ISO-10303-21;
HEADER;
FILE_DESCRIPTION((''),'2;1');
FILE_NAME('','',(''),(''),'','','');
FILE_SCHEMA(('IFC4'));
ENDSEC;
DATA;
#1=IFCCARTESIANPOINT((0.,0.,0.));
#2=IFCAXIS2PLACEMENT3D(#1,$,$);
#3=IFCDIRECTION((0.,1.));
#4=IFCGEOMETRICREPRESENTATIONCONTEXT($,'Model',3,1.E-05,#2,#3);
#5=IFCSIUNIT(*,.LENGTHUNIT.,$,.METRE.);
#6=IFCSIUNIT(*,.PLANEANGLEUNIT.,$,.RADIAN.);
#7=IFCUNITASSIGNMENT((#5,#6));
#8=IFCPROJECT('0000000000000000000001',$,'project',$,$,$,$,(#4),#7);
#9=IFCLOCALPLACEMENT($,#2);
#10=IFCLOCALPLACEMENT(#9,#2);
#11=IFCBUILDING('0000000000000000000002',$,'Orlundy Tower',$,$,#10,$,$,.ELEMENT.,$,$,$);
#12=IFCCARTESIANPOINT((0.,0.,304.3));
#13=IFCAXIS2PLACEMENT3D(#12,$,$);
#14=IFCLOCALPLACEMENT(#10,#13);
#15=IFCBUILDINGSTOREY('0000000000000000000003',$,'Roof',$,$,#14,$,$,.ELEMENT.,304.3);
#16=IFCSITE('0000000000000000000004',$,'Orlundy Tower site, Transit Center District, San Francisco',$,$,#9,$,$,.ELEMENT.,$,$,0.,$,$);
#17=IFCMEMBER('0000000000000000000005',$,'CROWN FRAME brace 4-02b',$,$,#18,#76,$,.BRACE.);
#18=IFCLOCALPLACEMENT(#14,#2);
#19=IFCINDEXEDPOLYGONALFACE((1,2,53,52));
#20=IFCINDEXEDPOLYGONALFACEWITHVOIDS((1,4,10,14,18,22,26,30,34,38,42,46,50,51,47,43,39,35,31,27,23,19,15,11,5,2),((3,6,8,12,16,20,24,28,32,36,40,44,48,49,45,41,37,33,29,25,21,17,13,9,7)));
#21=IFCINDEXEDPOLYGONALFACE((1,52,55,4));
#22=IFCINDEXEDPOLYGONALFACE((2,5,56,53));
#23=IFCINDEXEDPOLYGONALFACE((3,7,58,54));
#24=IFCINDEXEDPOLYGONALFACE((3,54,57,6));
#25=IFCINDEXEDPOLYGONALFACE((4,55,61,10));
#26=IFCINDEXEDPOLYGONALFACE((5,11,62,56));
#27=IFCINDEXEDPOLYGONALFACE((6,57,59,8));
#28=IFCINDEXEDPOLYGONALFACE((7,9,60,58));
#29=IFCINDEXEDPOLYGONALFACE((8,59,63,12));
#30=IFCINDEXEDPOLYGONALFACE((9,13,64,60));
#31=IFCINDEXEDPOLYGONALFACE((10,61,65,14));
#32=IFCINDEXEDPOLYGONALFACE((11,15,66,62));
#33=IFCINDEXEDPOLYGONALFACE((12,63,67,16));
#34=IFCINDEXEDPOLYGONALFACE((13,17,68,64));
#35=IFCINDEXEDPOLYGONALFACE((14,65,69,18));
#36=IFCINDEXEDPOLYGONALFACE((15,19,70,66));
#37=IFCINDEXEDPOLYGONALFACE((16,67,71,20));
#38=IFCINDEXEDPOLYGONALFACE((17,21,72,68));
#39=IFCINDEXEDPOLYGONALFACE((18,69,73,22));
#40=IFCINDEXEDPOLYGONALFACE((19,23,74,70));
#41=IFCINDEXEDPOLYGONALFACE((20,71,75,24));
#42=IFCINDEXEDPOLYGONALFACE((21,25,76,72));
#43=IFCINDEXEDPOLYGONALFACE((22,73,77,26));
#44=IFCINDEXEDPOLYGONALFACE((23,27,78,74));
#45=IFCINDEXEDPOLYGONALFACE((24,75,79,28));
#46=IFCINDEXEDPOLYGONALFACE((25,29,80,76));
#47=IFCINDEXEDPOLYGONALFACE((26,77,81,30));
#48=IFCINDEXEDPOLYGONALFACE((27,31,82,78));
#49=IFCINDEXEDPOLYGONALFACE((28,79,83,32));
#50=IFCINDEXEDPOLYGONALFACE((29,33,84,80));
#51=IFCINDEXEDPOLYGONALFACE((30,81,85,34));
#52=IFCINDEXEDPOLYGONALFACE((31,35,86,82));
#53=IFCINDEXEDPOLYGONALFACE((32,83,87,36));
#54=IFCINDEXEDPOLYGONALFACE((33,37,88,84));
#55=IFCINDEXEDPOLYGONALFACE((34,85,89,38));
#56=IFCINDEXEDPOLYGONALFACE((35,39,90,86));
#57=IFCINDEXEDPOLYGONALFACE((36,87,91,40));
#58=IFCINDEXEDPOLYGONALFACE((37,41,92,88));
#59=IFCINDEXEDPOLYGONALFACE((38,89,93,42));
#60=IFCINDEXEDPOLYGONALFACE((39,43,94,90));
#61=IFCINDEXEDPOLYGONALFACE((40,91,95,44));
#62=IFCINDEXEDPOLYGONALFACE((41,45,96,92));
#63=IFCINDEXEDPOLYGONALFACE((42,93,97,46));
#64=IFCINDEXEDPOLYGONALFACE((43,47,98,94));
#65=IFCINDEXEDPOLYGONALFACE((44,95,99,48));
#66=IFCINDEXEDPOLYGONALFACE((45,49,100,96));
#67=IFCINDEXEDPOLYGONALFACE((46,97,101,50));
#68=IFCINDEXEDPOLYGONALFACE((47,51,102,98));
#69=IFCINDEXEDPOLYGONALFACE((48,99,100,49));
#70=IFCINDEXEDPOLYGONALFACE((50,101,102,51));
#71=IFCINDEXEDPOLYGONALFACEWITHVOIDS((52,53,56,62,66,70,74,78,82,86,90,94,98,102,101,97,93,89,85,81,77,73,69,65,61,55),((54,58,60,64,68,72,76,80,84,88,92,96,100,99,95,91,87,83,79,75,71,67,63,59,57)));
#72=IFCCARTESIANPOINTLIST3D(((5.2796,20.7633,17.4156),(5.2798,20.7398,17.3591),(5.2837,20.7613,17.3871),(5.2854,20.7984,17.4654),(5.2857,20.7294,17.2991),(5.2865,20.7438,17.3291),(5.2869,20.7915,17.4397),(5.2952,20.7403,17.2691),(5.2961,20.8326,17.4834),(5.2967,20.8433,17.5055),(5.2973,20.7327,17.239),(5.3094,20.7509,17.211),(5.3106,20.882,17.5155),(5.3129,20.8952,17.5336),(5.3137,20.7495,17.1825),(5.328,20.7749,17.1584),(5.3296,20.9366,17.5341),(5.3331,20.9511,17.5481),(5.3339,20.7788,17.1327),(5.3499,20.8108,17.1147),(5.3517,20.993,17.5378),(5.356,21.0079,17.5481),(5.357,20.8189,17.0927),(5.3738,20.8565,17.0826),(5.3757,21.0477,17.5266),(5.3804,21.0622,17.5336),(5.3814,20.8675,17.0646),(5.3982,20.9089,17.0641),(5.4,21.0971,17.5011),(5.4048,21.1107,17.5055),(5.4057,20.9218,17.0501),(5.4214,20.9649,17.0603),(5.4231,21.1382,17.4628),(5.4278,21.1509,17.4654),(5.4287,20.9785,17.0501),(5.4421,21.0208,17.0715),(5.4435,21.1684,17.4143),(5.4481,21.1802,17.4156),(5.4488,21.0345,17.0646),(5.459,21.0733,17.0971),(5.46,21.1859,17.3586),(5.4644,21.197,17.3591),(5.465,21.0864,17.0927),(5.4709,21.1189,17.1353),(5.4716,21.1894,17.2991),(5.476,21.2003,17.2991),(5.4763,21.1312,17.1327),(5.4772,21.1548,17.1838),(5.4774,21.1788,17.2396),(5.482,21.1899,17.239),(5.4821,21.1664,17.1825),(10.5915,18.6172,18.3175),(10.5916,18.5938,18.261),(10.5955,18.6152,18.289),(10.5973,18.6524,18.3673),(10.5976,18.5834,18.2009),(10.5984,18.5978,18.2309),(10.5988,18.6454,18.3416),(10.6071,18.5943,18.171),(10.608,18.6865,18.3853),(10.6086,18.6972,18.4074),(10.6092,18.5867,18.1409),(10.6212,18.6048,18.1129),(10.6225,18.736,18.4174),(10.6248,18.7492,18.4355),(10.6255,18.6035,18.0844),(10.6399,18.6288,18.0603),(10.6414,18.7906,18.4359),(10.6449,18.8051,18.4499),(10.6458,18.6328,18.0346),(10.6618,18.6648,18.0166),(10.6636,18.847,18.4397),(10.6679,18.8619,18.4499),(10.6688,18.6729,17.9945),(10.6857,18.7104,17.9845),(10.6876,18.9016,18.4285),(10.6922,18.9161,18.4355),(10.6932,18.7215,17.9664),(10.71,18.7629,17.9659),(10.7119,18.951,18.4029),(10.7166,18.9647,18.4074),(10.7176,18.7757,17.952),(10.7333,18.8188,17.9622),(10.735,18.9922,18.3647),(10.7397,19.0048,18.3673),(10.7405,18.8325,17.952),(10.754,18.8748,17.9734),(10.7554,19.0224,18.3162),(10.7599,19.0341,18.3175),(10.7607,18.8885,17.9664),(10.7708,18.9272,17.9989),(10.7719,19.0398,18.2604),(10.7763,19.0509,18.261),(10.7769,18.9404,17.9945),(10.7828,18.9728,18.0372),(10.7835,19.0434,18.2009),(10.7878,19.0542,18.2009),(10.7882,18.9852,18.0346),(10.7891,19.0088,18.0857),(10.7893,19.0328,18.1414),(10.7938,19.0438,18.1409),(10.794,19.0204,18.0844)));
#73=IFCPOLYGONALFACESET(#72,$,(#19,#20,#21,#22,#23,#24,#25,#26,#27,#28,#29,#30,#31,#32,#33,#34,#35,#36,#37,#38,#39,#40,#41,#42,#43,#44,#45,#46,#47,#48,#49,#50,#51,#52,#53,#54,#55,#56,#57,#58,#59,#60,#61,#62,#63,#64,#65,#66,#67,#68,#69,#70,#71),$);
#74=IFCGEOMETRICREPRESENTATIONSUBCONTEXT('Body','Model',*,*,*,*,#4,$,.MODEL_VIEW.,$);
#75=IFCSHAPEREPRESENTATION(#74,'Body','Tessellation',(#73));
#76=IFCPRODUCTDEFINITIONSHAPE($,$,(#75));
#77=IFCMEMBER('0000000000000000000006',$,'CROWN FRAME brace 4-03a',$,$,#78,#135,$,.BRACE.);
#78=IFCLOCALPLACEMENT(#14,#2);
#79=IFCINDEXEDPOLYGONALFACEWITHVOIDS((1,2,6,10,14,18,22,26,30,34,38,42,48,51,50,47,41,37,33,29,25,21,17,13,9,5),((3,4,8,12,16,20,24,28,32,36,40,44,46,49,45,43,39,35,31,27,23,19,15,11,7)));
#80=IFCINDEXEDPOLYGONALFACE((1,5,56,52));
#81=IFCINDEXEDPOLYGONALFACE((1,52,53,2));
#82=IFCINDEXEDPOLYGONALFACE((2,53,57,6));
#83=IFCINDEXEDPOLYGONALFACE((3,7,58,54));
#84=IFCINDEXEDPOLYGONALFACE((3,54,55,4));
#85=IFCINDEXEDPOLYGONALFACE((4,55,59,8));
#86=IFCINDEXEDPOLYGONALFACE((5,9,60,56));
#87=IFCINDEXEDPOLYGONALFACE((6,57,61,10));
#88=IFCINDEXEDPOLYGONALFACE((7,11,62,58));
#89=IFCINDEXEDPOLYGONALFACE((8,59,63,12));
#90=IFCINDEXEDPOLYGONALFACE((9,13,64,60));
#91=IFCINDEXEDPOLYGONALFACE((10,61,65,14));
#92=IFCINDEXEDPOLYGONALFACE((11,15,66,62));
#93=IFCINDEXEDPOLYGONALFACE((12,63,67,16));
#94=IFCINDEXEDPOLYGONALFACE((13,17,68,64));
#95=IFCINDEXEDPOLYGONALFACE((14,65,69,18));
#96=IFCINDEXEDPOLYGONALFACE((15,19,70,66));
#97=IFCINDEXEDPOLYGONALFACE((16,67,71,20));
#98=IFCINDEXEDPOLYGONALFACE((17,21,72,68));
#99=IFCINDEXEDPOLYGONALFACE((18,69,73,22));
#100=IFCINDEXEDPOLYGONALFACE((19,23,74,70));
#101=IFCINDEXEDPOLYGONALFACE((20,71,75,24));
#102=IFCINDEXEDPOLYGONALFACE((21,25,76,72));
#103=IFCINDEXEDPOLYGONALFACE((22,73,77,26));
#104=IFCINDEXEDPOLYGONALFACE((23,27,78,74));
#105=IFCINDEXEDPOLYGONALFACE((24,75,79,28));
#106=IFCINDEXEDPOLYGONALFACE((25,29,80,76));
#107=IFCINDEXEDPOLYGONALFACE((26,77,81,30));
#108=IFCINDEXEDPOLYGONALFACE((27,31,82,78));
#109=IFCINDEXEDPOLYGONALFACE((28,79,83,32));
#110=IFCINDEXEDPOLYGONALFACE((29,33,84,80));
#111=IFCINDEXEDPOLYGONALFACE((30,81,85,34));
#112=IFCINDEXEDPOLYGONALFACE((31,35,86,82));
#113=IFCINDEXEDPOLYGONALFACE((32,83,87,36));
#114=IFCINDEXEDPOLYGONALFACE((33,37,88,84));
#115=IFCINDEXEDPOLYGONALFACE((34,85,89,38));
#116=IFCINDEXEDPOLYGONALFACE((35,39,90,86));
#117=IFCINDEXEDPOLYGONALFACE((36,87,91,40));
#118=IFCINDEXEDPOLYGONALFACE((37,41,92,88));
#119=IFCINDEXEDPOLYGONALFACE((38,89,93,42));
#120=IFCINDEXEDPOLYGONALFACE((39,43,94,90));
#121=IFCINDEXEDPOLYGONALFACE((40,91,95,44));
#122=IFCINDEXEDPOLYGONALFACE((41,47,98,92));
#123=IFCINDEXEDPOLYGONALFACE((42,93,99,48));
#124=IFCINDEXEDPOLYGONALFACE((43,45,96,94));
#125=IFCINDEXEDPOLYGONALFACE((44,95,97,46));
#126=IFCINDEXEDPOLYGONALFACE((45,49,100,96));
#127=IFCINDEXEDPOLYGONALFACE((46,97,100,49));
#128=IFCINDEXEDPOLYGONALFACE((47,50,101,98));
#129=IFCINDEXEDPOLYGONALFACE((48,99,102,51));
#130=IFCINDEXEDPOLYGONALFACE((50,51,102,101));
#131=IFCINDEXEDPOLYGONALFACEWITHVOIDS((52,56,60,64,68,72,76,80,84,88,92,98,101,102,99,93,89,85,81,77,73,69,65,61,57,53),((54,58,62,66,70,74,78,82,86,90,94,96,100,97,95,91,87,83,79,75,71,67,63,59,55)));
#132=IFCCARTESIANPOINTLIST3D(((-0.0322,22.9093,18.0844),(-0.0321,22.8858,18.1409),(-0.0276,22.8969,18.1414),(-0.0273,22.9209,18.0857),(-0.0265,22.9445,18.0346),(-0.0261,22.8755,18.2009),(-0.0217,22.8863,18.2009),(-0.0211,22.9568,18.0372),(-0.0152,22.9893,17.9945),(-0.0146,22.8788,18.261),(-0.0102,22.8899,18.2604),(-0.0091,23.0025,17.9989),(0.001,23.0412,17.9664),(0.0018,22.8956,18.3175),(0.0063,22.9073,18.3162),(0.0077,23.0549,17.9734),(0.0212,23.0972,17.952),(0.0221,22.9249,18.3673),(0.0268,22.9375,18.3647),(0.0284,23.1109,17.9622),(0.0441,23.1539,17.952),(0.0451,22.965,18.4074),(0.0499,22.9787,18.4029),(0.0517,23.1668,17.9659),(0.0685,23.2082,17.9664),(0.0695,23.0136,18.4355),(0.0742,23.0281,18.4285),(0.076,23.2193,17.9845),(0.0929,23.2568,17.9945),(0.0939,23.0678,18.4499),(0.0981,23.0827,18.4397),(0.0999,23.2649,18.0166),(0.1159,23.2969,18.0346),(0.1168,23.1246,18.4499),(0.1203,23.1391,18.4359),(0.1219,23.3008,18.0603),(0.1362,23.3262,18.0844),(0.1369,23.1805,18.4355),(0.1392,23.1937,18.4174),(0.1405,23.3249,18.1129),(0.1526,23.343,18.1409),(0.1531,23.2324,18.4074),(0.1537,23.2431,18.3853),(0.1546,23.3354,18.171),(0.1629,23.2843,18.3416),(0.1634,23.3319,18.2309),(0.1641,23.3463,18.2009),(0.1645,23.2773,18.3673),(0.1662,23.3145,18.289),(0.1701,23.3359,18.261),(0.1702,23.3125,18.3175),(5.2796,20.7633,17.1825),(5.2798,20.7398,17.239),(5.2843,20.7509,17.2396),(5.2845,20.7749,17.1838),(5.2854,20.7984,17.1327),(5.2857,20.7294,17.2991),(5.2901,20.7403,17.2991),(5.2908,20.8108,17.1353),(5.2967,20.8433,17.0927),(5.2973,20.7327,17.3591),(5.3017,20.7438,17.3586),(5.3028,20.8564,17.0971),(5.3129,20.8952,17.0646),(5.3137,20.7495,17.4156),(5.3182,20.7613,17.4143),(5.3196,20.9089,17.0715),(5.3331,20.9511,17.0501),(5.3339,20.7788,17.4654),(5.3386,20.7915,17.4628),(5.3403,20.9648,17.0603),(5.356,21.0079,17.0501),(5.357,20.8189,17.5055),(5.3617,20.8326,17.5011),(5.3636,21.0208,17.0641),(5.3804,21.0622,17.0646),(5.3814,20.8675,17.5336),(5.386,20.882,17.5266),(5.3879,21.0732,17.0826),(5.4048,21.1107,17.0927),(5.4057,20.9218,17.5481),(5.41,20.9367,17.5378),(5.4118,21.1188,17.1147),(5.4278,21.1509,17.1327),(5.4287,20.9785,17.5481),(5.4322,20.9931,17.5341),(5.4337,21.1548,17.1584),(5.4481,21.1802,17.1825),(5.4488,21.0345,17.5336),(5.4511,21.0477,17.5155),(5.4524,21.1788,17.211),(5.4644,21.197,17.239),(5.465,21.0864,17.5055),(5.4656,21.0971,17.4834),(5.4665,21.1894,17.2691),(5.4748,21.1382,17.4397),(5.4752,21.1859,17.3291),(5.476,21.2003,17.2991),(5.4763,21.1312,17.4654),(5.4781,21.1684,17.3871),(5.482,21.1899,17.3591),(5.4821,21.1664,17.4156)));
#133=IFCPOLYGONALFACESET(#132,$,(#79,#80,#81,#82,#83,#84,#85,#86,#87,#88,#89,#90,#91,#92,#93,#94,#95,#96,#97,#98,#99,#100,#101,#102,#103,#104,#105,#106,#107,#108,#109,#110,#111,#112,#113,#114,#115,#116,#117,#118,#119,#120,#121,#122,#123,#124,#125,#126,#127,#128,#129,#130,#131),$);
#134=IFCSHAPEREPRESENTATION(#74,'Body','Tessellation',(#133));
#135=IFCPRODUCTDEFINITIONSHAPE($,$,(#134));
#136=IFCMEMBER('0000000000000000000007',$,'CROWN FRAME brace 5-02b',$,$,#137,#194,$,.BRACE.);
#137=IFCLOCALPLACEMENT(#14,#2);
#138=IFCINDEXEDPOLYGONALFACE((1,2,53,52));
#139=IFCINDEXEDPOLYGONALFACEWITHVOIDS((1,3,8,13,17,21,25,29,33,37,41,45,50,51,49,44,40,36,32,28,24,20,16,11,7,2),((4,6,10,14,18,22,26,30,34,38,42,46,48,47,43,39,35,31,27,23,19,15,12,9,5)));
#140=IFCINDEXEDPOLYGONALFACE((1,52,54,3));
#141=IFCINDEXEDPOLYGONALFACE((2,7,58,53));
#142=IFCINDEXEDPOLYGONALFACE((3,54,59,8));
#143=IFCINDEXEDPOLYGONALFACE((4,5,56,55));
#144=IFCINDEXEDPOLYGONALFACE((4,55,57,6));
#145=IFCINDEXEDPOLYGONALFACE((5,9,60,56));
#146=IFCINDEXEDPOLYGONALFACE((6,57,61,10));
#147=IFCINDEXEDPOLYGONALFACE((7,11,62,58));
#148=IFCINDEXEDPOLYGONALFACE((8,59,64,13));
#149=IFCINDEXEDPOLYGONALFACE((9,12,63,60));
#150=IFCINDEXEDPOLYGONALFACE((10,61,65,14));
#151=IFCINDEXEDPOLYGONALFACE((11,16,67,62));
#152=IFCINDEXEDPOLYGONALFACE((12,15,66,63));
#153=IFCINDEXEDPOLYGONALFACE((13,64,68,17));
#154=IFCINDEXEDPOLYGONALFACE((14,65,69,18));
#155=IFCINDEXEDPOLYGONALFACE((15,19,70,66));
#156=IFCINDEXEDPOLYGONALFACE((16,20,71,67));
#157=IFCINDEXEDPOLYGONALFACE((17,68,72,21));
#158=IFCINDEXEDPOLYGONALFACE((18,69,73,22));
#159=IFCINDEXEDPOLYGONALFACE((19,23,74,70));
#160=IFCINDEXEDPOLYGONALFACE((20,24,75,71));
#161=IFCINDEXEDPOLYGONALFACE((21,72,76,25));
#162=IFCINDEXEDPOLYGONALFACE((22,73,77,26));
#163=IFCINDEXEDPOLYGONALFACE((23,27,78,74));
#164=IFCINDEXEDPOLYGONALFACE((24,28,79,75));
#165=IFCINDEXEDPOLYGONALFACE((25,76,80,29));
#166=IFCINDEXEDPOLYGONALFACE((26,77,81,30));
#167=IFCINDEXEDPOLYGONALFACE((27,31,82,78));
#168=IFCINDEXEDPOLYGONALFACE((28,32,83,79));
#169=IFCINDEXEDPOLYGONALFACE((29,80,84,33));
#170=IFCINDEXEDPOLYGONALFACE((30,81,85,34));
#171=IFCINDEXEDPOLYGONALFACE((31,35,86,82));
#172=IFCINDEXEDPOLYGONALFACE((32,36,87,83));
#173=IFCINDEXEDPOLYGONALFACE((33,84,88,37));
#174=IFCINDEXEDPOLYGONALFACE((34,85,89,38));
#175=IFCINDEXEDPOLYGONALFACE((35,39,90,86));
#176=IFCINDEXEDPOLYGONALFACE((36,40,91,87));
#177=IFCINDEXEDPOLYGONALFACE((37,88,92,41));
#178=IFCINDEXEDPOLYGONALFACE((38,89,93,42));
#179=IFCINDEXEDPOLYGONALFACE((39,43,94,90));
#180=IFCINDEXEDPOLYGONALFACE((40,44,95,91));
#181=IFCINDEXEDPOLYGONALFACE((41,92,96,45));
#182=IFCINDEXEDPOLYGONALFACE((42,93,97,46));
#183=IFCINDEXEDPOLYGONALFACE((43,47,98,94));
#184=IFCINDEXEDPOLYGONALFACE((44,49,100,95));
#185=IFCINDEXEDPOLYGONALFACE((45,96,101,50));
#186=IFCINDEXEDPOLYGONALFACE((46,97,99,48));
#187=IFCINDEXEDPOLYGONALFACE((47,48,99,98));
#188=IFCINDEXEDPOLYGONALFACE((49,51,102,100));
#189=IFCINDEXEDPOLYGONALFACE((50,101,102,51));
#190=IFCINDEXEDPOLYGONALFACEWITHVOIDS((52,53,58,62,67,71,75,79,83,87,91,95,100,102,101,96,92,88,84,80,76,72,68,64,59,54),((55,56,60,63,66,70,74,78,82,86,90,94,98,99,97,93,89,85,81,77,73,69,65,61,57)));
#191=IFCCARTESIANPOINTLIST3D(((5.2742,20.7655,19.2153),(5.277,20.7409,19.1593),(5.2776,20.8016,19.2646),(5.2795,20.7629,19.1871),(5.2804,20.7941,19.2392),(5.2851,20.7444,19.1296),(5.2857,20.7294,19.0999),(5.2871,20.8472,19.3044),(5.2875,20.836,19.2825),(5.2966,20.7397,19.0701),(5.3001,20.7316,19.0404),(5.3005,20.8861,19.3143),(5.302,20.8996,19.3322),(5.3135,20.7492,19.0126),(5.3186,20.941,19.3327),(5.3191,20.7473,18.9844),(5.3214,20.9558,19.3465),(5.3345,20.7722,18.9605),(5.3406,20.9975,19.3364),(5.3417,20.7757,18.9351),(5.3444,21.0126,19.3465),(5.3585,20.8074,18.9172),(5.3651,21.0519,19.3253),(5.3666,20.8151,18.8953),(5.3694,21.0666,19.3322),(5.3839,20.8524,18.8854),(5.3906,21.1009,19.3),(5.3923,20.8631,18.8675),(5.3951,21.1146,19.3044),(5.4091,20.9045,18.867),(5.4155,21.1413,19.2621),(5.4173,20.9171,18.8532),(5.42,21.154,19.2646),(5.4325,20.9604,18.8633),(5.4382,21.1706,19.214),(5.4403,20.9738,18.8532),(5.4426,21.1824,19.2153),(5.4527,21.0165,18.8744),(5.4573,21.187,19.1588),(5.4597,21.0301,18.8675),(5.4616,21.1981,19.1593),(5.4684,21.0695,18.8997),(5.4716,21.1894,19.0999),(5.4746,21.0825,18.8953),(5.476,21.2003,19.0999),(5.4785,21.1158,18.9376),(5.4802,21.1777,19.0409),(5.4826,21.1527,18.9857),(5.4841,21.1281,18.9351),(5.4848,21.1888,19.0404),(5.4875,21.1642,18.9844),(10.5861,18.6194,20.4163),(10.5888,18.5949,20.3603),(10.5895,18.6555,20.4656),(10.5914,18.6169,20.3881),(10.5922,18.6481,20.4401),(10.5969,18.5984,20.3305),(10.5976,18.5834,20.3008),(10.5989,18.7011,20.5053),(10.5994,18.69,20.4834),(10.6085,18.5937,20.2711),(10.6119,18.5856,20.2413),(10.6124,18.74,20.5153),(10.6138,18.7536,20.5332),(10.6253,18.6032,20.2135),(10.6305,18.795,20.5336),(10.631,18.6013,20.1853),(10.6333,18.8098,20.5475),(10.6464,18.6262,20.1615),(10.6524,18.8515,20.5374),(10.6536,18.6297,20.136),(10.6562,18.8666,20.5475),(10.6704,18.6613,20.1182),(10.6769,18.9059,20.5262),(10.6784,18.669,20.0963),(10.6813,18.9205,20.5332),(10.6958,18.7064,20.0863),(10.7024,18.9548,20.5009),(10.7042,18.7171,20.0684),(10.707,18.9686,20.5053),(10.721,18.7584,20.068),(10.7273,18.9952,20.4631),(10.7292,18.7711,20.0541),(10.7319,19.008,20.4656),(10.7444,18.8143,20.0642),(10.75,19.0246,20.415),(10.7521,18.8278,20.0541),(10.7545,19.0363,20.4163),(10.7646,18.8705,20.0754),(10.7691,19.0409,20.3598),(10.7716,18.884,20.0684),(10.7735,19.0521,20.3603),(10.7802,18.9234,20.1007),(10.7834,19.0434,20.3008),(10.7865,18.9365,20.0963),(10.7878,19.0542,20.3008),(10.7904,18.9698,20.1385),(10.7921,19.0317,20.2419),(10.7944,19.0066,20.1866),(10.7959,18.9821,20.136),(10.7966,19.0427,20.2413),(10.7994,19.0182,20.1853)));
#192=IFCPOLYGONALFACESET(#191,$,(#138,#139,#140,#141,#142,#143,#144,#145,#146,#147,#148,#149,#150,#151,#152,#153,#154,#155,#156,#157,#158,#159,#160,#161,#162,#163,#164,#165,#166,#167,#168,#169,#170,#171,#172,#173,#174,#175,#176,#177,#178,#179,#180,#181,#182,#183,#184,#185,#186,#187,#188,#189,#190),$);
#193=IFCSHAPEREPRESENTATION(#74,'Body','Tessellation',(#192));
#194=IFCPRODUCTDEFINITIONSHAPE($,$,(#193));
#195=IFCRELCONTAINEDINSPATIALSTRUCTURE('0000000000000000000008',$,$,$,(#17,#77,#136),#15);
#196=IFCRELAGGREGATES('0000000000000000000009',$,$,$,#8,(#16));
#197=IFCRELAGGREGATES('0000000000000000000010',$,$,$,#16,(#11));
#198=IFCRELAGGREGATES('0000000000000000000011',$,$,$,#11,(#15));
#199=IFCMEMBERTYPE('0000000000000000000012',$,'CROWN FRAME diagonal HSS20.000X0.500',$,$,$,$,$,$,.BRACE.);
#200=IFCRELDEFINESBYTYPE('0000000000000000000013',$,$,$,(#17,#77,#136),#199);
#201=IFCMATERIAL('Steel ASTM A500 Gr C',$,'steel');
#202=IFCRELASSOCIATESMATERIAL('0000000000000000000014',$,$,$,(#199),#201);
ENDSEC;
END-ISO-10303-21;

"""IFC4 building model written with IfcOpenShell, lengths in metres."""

from ifc_helpers import new_model, si_unit, direction, frame, origin, origin_2d, place, context, subcontext, project, spatial, hollow_circle, extrude, material, material_profile, profile_set, type_object, element, save


model = new_model("IFC4")

# Units and contexts
model_context = context("Model", 3, precision=1e-05, world=origin(), true_north=direction((0.0, 1.0)))
body_context = subcontext(model_context, "Body", "Model", "MODEL_VIEW")
ifc_project = project(units=[si_unit("LENGTHUNIT", "METRE"), si_unit("PLANEANGLEUNIT", "RADIAN")], contexts=[model_context])

# Site, building, storey
site_placement = place(None, origin())
site = spatial("IfcSite", under=ifc_project, at=site_placement, Name="Orlundy Tower site, Transit Center District, San Francisco", CompositionType="ELEMENT", RefElevation=0.0)
building_placement = place(site_placement, origin())
building = spatial("IfcBuilding", under=site, at=building_placement, Name="Orlundy Tower", CompositionType="ELEMENT")
storey_placement = place(building_placement, frame((0.0, 0.0, 304.3)))
storey = spatial("IfcBuildingStorey", under=building, at=storey_placement, Name="Roof", CompositionType="ELEMENT", Elevation=304.3)

# Members
ifc_material_1 = material(Name="Steel ASTM A500 Gr C", Category="steel")
ifc_material_profile_1 = material_profile(ifc_material_1, hollow_circle(Radius=0.2539, WallThickness=0.0117, at=origin_2d()), Name="HSS20.000X0.500")
ifc_profile_set_1 = profile_set([ifc_material_profile_1], Name="Steel ASTM A500 Gr C")
member_type_1 = type_object("IfcMemberType", Name="CROWN FRAME diagonal HSS20.000X0.500", PredefinedType="BRACE", material=ifc_profile_set_1)
for number, where, z_axis, x_axis, name in (
    (1, (5.3809, 20.9648, 17.2991), (0.91591, -0.370035, 0.155507), (0.374592, 0.92719, 0.0), "CROWN FRAME brace 4-02b"),
    (2, (5.3809, 20.9648, 17.2991), (-0.91591, 0.370035, 0.155507), (-0.374592, -0.92719, 0.0), "CROWN FRAME brace 4-03a"),
):
    element("IfcMember", number, at=place(storey_placement, frame(where, z_axis=z_axis, x_axis=x_axis)), inside=storey, type_object=member_type_1, Name=name, PredefinedType="BRACE", context=body_context, shape_type="SweptSolid", body=[
        extrude(hollow_circle(Radius=0.2539, WallThickness=0.0117, at=origin_2d()), origin(), (0.0, 0.0, 1.0), 5.7996),
    ])
for number, where, z_axis, x_axis, name in (
    (3, (5.3809, 20.9648, 19.0999), (0.907466, -0.366623, 0.205167), (0.374592, 0.92719, 0.0), "CROWN FRAME brace 5-02b"),
):
    element("IfcMember", number, at=place(storey_placement, frame(where, z_axis=z_axis, x_axis=x_axis)), inside=storey, type_object=member_type_1, Name=name, PredefinedType="BRACE", context=body_context, shape_type="SweptSolid", body=[
        extrude(hollow_circle(Radius=0.2539, WallThickness=0.0117, at=origin_2d()), origin(), (0.0, 0.0, 1.0), 5.8535),
    ])

save(model, "model.ifc")
